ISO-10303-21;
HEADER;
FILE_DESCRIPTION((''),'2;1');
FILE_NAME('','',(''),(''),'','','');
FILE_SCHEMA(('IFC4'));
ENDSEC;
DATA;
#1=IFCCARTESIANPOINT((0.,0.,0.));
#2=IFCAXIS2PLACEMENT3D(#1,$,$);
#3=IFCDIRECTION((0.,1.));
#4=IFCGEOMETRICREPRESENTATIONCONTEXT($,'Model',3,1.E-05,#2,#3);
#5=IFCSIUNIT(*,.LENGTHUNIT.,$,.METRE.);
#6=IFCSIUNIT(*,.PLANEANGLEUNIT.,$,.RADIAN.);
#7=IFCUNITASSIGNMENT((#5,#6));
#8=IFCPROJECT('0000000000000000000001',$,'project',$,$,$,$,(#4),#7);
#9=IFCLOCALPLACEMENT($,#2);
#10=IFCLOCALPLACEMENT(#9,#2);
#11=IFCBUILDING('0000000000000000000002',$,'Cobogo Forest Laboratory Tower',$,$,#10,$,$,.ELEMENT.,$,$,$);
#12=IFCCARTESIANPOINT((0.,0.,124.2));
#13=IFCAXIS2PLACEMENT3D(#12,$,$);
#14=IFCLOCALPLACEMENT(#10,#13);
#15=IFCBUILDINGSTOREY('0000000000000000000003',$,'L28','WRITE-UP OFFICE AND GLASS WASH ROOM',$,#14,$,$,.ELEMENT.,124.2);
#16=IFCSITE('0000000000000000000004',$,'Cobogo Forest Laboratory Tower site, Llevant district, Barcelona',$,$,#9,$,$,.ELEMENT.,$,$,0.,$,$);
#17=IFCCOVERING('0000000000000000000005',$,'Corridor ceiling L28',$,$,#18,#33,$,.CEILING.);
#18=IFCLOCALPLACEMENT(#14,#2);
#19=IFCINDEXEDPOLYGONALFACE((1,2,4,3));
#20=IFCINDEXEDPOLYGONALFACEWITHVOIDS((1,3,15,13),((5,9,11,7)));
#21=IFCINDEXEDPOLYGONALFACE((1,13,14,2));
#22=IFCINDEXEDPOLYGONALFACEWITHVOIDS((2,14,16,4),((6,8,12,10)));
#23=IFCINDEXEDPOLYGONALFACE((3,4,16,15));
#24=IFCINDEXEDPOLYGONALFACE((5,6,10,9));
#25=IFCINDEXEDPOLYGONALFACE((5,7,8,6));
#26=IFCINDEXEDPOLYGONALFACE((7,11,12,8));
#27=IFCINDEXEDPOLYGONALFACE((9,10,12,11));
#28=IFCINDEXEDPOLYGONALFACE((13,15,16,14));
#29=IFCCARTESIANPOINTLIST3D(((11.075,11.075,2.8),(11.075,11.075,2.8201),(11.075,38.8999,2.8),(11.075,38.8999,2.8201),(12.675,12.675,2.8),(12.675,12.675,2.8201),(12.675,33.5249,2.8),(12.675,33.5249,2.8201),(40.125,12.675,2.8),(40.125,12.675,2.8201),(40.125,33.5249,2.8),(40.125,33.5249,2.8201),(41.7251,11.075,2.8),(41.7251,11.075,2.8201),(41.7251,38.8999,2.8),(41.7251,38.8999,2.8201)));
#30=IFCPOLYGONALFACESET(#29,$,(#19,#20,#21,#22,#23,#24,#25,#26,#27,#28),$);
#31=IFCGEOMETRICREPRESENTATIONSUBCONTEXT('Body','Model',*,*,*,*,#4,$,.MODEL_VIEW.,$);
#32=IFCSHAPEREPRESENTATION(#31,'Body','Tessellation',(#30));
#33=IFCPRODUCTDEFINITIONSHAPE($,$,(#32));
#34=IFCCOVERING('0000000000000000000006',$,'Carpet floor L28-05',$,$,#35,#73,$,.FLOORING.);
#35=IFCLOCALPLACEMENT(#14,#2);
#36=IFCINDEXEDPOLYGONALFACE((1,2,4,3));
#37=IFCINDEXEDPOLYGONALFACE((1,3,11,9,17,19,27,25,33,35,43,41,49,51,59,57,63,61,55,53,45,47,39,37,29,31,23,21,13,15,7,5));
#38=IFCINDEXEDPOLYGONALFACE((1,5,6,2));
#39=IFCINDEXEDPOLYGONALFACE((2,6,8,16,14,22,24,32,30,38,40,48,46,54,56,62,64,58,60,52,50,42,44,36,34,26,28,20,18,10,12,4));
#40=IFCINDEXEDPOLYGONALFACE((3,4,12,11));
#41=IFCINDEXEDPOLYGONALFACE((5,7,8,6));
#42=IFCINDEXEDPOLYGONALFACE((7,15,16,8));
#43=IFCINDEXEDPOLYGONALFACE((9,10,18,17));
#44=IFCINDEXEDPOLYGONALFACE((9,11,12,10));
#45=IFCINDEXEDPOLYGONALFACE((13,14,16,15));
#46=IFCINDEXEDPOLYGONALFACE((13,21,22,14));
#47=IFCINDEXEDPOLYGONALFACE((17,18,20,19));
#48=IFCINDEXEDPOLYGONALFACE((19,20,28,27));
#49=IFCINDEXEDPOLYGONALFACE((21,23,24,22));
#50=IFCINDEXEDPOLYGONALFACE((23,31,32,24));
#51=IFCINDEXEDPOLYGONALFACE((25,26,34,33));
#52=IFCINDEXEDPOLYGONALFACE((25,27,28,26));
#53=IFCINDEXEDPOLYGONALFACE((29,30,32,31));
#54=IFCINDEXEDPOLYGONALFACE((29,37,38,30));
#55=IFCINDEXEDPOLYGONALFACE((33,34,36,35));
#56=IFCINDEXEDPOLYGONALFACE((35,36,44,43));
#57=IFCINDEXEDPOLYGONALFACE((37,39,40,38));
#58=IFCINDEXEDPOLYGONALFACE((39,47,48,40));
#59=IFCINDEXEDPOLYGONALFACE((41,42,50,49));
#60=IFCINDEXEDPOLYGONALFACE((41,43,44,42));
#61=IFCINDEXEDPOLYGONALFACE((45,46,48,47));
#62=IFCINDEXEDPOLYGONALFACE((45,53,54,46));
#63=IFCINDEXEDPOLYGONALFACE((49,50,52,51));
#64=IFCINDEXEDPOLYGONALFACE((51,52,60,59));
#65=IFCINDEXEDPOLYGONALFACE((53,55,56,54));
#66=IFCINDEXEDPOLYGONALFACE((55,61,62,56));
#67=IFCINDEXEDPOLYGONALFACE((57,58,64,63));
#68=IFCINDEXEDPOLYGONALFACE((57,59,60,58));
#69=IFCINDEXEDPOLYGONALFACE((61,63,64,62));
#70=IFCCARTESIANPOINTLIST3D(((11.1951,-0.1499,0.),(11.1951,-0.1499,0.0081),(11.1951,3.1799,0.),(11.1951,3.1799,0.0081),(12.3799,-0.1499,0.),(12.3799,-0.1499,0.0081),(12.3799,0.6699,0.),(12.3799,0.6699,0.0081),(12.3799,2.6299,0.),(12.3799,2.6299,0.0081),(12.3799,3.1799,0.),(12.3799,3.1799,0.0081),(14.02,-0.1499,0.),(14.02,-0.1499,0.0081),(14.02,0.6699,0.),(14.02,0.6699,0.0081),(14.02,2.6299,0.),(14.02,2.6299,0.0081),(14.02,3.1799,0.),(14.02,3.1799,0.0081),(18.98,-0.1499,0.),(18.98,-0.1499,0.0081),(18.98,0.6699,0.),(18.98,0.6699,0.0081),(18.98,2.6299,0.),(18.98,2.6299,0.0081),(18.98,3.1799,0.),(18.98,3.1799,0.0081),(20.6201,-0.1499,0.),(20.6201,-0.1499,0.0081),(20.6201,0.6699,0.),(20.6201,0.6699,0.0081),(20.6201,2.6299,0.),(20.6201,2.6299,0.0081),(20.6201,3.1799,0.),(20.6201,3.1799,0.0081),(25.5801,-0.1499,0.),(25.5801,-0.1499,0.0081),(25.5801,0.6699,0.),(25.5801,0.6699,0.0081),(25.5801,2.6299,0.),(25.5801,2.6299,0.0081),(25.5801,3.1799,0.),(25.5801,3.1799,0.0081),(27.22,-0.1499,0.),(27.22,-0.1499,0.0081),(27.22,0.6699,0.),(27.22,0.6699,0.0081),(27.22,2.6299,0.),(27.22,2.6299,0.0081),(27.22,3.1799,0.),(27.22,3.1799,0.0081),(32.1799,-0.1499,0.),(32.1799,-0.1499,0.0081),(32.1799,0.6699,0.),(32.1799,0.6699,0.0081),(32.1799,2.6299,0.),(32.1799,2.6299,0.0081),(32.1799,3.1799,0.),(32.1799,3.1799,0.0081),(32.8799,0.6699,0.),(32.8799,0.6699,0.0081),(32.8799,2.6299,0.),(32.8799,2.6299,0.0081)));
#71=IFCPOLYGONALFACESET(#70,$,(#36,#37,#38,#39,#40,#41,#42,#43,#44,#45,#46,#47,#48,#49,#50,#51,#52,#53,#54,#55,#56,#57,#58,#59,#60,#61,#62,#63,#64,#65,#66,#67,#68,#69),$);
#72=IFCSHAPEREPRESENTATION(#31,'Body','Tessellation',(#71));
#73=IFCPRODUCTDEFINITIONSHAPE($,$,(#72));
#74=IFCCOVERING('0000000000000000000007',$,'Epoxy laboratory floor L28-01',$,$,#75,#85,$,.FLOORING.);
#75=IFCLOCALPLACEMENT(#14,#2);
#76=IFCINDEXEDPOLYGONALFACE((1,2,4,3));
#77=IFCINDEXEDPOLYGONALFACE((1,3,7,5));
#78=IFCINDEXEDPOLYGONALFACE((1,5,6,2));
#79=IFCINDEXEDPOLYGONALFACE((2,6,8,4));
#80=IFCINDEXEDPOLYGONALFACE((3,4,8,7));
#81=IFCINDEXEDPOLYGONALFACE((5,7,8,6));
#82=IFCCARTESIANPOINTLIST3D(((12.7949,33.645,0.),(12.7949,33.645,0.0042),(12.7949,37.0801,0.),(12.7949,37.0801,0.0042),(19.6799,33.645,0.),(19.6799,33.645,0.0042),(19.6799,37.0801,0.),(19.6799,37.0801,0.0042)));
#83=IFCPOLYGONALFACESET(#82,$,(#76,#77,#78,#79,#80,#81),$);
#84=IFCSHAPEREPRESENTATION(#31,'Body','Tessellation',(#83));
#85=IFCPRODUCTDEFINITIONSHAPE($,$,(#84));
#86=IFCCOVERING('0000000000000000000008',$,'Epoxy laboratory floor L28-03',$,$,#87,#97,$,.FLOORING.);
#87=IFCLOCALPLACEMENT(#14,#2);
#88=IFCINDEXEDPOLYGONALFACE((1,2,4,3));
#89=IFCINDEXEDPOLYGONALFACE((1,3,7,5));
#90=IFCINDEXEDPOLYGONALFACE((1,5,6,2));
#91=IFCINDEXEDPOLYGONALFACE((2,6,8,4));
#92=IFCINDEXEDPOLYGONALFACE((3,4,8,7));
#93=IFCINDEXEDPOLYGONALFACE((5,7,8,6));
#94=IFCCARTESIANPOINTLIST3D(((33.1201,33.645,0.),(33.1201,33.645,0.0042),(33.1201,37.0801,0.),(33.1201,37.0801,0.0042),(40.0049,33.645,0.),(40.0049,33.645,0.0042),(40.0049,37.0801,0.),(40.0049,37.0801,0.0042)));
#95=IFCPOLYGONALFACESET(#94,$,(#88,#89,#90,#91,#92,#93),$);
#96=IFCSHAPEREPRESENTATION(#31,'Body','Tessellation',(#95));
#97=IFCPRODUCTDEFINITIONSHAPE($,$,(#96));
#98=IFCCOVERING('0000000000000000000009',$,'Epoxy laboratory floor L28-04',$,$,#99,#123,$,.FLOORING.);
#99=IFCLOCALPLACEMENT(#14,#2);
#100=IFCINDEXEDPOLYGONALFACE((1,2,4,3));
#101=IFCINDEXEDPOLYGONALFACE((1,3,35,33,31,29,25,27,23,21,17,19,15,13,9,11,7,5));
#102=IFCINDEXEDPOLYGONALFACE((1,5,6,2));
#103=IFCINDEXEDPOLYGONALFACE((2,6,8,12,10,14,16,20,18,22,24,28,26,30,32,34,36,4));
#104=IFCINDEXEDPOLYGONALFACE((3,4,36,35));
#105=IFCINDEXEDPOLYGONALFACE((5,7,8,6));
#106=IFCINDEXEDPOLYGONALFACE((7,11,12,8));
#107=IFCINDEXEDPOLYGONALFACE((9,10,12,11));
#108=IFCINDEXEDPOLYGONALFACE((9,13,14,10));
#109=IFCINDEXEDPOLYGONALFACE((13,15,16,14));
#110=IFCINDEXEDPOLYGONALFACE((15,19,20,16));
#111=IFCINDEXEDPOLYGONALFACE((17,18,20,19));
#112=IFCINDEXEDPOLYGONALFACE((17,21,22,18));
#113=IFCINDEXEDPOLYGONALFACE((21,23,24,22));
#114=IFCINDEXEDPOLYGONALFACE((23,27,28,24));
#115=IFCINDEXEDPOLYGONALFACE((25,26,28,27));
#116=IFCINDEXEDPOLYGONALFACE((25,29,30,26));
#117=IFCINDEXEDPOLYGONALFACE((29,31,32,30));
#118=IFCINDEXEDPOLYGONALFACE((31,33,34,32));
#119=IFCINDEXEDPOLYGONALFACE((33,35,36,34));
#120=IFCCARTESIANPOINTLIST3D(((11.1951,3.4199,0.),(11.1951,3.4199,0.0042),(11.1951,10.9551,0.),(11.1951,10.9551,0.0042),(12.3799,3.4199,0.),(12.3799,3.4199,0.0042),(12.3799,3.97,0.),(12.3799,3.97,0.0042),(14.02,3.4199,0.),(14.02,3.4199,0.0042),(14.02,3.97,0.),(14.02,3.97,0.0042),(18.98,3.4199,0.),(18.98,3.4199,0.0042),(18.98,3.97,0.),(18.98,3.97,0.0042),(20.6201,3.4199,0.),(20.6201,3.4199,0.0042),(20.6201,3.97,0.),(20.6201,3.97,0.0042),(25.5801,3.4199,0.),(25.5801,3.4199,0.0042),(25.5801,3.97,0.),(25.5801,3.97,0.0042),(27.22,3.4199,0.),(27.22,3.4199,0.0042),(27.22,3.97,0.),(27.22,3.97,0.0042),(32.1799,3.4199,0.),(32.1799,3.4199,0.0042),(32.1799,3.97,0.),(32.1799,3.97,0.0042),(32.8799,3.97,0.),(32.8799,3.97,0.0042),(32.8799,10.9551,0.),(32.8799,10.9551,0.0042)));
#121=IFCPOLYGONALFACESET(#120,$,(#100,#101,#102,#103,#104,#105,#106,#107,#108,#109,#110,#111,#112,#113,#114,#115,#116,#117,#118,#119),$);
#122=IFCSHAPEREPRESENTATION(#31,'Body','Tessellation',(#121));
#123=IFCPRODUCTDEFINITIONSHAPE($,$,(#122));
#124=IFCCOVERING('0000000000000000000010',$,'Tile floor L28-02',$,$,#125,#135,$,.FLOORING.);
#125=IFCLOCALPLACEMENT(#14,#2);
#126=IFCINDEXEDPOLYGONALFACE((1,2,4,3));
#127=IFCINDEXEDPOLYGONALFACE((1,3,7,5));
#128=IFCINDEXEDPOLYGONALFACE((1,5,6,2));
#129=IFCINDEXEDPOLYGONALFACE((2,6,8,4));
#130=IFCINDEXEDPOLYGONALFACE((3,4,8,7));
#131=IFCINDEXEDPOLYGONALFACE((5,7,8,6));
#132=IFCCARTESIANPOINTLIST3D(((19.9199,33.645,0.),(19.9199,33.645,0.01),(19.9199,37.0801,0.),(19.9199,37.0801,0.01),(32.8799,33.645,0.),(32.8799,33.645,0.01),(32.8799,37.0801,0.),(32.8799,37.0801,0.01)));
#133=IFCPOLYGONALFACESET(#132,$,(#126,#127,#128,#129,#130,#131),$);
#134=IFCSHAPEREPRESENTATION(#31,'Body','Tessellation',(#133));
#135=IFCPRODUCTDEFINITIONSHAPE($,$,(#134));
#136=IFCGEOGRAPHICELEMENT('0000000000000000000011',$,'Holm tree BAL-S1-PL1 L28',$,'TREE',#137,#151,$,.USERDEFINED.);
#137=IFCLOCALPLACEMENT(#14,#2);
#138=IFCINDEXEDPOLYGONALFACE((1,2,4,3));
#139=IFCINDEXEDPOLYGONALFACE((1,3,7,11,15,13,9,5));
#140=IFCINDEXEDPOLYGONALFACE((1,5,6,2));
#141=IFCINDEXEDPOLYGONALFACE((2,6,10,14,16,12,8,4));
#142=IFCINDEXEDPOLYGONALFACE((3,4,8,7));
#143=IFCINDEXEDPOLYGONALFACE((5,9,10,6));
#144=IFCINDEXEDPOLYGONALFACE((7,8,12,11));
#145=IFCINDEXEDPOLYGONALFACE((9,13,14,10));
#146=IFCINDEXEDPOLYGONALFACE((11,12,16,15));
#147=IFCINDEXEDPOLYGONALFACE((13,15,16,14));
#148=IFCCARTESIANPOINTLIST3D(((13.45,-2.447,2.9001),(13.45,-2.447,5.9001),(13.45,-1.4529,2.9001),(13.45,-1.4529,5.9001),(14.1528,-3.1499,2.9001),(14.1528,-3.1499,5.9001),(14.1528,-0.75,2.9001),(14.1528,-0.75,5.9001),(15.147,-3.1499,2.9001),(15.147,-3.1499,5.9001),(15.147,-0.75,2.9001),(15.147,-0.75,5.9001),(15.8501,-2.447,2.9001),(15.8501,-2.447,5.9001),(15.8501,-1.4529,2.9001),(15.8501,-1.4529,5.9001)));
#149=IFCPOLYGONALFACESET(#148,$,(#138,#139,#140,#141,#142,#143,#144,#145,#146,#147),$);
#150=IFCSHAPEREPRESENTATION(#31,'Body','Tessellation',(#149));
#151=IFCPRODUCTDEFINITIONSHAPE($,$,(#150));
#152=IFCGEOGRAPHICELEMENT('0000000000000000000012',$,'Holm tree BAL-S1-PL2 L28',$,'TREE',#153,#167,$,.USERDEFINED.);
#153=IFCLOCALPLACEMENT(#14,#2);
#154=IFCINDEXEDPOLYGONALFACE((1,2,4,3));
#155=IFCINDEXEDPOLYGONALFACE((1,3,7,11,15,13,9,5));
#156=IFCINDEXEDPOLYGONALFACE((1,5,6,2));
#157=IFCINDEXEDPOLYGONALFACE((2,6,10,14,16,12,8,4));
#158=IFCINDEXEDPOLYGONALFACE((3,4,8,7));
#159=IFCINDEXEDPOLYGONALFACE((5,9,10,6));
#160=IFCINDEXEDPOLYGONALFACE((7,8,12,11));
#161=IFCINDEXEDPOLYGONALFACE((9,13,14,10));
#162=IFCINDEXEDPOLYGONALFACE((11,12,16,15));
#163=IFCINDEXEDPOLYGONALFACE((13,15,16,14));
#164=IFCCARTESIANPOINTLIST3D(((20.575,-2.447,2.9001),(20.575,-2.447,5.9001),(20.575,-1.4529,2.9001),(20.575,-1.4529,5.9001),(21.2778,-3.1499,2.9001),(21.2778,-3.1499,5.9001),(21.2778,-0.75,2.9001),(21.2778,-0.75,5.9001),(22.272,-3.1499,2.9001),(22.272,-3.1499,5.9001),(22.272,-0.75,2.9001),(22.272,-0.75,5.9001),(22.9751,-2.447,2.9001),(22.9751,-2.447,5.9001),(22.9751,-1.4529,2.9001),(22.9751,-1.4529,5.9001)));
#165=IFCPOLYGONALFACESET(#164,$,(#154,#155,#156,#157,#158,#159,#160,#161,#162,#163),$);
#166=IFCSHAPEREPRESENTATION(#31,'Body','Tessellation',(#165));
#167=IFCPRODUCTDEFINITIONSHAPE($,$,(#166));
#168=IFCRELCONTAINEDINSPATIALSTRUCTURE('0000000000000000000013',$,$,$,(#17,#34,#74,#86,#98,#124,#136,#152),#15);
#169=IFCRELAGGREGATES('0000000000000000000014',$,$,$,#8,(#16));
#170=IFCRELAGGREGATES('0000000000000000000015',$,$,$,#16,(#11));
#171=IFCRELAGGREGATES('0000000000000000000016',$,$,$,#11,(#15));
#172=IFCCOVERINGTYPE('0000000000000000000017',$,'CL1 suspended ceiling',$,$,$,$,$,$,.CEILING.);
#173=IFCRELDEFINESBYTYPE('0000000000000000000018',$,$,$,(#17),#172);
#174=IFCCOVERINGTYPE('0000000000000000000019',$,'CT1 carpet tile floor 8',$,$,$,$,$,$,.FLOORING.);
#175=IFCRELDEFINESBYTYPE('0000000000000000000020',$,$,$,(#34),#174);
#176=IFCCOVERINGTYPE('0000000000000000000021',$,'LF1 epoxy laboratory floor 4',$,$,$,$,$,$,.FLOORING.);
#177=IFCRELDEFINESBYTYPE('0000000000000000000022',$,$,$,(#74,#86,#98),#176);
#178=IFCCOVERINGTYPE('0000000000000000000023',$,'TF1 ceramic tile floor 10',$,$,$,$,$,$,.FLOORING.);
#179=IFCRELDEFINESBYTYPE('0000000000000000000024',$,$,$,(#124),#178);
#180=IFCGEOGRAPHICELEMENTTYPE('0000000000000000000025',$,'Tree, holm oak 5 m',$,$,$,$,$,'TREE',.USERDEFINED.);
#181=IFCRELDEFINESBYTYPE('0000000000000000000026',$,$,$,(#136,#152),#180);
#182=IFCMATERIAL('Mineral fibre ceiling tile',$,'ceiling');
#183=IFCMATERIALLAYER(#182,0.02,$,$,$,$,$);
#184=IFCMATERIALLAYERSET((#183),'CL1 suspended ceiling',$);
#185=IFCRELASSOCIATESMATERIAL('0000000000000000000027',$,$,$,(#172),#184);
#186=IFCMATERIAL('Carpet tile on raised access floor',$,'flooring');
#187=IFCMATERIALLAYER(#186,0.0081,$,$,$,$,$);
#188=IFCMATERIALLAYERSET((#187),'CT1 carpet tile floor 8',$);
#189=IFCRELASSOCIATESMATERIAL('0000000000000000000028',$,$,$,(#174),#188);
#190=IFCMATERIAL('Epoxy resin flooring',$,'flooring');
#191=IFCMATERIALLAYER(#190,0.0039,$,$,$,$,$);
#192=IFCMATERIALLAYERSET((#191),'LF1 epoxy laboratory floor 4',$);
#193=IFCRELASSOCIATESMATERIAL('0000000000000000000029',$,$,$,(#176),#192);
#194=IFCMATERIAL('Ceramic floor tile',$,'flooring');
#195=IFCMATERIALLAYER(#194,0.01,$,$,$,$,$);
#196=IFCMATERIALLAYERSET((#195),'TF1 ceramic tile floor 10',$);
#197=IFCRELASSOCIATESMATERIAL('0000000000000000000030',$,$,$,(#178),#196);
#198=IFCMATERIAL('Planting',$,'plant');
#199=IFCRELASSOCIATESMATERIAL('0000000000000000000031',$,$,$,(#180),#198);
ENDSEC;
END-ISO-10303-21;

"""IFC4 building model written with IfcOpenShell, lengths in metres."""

from ifc_helpers import new_model, si_unit, direction, frame, origin, place, context, subcontext, project, spatial, polyline, outline, extrude, material, layer, layer_set, type_object, element, save


model = new_model("IFC4")

# Units and contexts
model_context = context("Model", 3, precision=1e-05, world=origin(), true_north=direction((0.0, 1.0)))
body_context = subcontext(model_context, "Body", "Model", "MODEL_VIEW")
ifc_project = project(units=[si_unit("LENGTHUNIT", "METRE"), si_unit("PLANEANGLEUNIT", "RADIAN")], contexts=[model_context])

# Site, building, storey
site_placement = place(None, origin())
site = spatial("IfcSite", under=ifc_project, at=site_placement, Name="Cobogo Forest Laboratory Tower site, Llevant district, Barcelona", CompositionType="ELEMENT", RefElevation=0.0)
building_placement = place(site_placement, origin())
building = spatial("IfcBuilding", under=site, at=building_placement, Name="Cobogo Forest Laboratory Tower", CompositionType="ELEMENT")
storey_placement = place(building_placement, frame((0.0, 0.0, 124.2)))
storey = spatial("IfcBuildingStorey", under=building, at=storey_placement, Name="L28", Description="WRITE-UP OFFICE AND GLASS WASH ROOM", CompositionType="ELEMENT", Elevation=124.2)

# Coverings
ifc_material_1 = material(Name="Mineral fibre ceiling tile", Category="ceiling")
ifc_layer_1 = layer(ifc_material_1, 0.02)
ifc_layer_set_1 = layer_set([ifc_layer_1], Name="CL1 suspended ceiling")
covering_type_1 = type_object("IfcCoveringType", Name="CL1 suspended ceiling", PredefinedType="CEILING", material=ifc_layer_set_1)
covering_1_placement = place(storey_placement, frame((0.0, 0.0, 2.8)))
element("IfcCovering", 1, at=covering_1_placement, inside=storey, type_object=covering_type_1, Name="Corridor ceiling L28", PredefinedType="CEILING", context=body_context, shape_type="SweptSolid", body=[
    extrude(outline(polyline([(11.075, 11.075), (11.075, 38.8999), (41.7251, 38.8999), (41.7251, 11.075), (11.075, 11.075)]), holes=[polyline([(40.125, 33.5249), (12.675, 33.5249), (12.675, 12.675), (40.125, 12.675), (40.125, 33.5249)])]), origin(), (0.0, 0.0, 1.0), 0.02),
])
ifc_material_2 = material(Name="Carpet tile on raised access floor", Category="flooring")
ifc_layer_2 = layer(ifc_material_2, 0.0081)
ifc_layer_set_2 = layer_set([ifc_layer_2], Name="CT1 carpet tile floor 8")
covering_type_2 = type_object("IfcCoveringType", Name="CT1 carpet tile floor 8", PredefinedType="FLOORING", material=ifc_layer_set_2)
covering_2_placement = place(storey_placement, origin())
element("IfcCovering", 2, at=covering_2_placement, inside=storey, type_object=covering_type_2, Name="Carpet floor L28-05", PredefinedType="FLOORING", context=body_context, shape_type="SweptSolid", body=[
    extrude(outline(polyline([(12.3799, 3.1799), (12.3799, 2.6299), (14.02, 2.6299), (14.02, 3.1799), (18.98, 3.1799), (18.98, 2.6299), (20.6201, 2.6299), (20.6201, 3.1799), (25.5801, 3.1799), (25.5801, 2.6299), (27.22, 2.6299), (27.22, 3.1799), (32.1799, 3.1799), (32.1799, 2.6299), (32.8799, 2.6299), (32.8799, 0.6699), (32.1799, 0.6699), (32.1799, -0.1499), (27.22, -0.1499), (27.22, 0.6699), (25.5801, 0.6699), (25.5801, -0.1499), (20.6201, -0.1499), (20.6201, 0.6699), (18.98, 0.6699), (18.98, -0.1499), (14.02, -0.1499), (14.02, 0.6699), (12.3799, 0.6699), (12.3799, -0.1499), (11.1951, -0.1499), (11.1951, 3.1799), (12.3799, 3.1799)])), origin(), (0.0, 0.0, 1.0), 0.0081),
])
ifc_material_3 = material(Name="Epoxy resin flooring", Category="flooring")
ifc_layer_3 = layer(ifc_material_3, 0.0039)
ifc_layer_set_3 = layer_set([ifc_layer_3], Name="LF1 epoxy laboratory floor 4")
covering_type_3 = type_object("IfcCoveringType", Name="LF1 epoxy laboratory floor 4", PredefinedType="FLOORING", material=ifc_layer_set_3)
covering_3_placement = place(storey_placement, origin())
element("IfcCovering", 3, at=covering_3_placement, inside=storey, type_object=covering_type_3, Name="Epoxy laboratory floor L28-01", PredefinedType="FLOORING", context=body_context, shape_type="SweptSolid", body=[
    extrude(outline(polyline([(19.6799, 33.645), (12.7949, 33.645), (12.7949, 37.0801), (19.6799, 37.0801), (19.6799, 33.645)])), origin(), (0.0, 0.0, 1.0), 0.0042),
])
covering_4_placement = place(storey_placement, origin())
element("IfcCovering", 4, at=covering_4_placement, inside=storey, type_object=covering_type_3, Name="Epoxy laboratory floor L28-03", PredefinedType="FLOORING", context=body_context, shape_type="SweptSolid", body=[
    extrude(outline(polyline([(40.0049, 33.645), (33.1201, 33.645), (33.1201, 37.0801), (40.0049, 37.0801), (40.0049, 33.645)])), origin(), (0.0, 0.0, 1.0), 0.0042),
])
covering_5_placement = place(storey_placement, origin())
element("IfcCovering", 5, at=covering_5_placement, inside=storey, type_object=covering_type_3, Name="Epoxy laboratory floor L28-04", PredefinedType="FLOORING", context=body_context, shape_type="SweptSolid", body=[
    extrude(outline(polyline([(11.1951, 10.9551), (32.8799, 10.9551), (32.8799, 3.97), (32.1799, 3.97), (32.1799, 3.4199), (27.22, 3.4199), (27.22, 3.97), (25.5801, 3.97), (25.5801, 3.4199), (20.6201, 3.4199), (20.6201, 3.97), (18.98, 3.97), (18.98, 3.4199), (14.02, 3.4199), (14.02, 3.97), (12.3799, 3.97), (12.3799, 3.4199), (11.1951, 3.4199), (11.1951, 10.9551)])), origin(), (0.0, 0.0, 1.0), 0.0042),
])
ifc_material_4 = material(Name="Ceramic floor tile", Category="flooring")
ifc_layer_4 = layer(ifc_material_4, 0.01)
ifc_layer_set_4 = layer_set([ifc_layer_4], Name="TF1 ceramic tile floor 10")
covering_type_4 = type_object("IfcCoveringType", Name="TF1 ceramic tile floor 10", PredefinedType="FLOORING", material=ifc_layer_set_4)
covering_6_placement = place(storey_placement, origin())
element("IfcCovering", 6, at=covering_6_placement, inside=storey, type_object=covering_type_4, Name="Tile floor L28-02", PredefinedType="FLOORING", context=body_context, shape_type="SweptSolid", body=[
    extrude(outline(polyline([(32.8799, 33.645), (19.9199, 33.645), (19.9199, 37.0801), (32.8799, 37.0801), (32.8799, 33.645)])), origin(), (0.0, 0.0, 1.0), 0.01),
])

# Geographic elements
ifc_material_5 = material(Name="Planting", Category="plant")
geographic_element_type = type_object("IfcGeographicElementType", Name="Tree, holm oak 5 m", ElementType="TREE", PredefinedType="USERDEFINED", material=ifc_material_5)
geographic_element_1_placement = place(storey_placement, frame((0.0, 0.0, 2.9001)))
element("IfcGeographicElement", 7, at=geographic_element_1_placement, inside=storey, type_object=geographic_element_type, Name="Holm tree BAL-S1-PL1 L28", ObjectType="TREE", PredefinedType="USERDEFINED", context=body_context, shape_type="SweptSolid", body=[
    extrude(outline(polyline([(15.8501, -2.447), (15.8501, -1.4529), (15.147, -0.75), (14.1528, -0.75), (13.45, -1.4529), (13.45, -2.447), (14.1528, -3.1499), (15.147, -3.1499), (15.8501, -2.447)])), origin(), (0.0, 0.0, 1.0), 3.0),
])
geographic_element_2_placement = place(storey_placement, frame((0.0, 0.0, 2.9001)))
element("IfcGeographicElement", 8, at=geographic_element_2_placement, inside=storey, type_object=geographic_element_type, Name="Holm tree BAL-S1-PL2 L28", ObjectType="TREE", PredefinedType="USERDEFINED", context=body_context, shape_type="SweptSolid", body=[
    extrude(outline(polyline([(22.9751, -2.447), (22.9751, -1.4529), (22.272, -0.75), (21.2778, -0.75), (20.575, -1.4529), (20.575, -2.447), (21.2778, -3.1499), (22.272, -3.1499), (22.9751, -2.447)])), origin(), (0.0, 0.0, 1.0), 3.0),
])

save(model, "model.ifc")
